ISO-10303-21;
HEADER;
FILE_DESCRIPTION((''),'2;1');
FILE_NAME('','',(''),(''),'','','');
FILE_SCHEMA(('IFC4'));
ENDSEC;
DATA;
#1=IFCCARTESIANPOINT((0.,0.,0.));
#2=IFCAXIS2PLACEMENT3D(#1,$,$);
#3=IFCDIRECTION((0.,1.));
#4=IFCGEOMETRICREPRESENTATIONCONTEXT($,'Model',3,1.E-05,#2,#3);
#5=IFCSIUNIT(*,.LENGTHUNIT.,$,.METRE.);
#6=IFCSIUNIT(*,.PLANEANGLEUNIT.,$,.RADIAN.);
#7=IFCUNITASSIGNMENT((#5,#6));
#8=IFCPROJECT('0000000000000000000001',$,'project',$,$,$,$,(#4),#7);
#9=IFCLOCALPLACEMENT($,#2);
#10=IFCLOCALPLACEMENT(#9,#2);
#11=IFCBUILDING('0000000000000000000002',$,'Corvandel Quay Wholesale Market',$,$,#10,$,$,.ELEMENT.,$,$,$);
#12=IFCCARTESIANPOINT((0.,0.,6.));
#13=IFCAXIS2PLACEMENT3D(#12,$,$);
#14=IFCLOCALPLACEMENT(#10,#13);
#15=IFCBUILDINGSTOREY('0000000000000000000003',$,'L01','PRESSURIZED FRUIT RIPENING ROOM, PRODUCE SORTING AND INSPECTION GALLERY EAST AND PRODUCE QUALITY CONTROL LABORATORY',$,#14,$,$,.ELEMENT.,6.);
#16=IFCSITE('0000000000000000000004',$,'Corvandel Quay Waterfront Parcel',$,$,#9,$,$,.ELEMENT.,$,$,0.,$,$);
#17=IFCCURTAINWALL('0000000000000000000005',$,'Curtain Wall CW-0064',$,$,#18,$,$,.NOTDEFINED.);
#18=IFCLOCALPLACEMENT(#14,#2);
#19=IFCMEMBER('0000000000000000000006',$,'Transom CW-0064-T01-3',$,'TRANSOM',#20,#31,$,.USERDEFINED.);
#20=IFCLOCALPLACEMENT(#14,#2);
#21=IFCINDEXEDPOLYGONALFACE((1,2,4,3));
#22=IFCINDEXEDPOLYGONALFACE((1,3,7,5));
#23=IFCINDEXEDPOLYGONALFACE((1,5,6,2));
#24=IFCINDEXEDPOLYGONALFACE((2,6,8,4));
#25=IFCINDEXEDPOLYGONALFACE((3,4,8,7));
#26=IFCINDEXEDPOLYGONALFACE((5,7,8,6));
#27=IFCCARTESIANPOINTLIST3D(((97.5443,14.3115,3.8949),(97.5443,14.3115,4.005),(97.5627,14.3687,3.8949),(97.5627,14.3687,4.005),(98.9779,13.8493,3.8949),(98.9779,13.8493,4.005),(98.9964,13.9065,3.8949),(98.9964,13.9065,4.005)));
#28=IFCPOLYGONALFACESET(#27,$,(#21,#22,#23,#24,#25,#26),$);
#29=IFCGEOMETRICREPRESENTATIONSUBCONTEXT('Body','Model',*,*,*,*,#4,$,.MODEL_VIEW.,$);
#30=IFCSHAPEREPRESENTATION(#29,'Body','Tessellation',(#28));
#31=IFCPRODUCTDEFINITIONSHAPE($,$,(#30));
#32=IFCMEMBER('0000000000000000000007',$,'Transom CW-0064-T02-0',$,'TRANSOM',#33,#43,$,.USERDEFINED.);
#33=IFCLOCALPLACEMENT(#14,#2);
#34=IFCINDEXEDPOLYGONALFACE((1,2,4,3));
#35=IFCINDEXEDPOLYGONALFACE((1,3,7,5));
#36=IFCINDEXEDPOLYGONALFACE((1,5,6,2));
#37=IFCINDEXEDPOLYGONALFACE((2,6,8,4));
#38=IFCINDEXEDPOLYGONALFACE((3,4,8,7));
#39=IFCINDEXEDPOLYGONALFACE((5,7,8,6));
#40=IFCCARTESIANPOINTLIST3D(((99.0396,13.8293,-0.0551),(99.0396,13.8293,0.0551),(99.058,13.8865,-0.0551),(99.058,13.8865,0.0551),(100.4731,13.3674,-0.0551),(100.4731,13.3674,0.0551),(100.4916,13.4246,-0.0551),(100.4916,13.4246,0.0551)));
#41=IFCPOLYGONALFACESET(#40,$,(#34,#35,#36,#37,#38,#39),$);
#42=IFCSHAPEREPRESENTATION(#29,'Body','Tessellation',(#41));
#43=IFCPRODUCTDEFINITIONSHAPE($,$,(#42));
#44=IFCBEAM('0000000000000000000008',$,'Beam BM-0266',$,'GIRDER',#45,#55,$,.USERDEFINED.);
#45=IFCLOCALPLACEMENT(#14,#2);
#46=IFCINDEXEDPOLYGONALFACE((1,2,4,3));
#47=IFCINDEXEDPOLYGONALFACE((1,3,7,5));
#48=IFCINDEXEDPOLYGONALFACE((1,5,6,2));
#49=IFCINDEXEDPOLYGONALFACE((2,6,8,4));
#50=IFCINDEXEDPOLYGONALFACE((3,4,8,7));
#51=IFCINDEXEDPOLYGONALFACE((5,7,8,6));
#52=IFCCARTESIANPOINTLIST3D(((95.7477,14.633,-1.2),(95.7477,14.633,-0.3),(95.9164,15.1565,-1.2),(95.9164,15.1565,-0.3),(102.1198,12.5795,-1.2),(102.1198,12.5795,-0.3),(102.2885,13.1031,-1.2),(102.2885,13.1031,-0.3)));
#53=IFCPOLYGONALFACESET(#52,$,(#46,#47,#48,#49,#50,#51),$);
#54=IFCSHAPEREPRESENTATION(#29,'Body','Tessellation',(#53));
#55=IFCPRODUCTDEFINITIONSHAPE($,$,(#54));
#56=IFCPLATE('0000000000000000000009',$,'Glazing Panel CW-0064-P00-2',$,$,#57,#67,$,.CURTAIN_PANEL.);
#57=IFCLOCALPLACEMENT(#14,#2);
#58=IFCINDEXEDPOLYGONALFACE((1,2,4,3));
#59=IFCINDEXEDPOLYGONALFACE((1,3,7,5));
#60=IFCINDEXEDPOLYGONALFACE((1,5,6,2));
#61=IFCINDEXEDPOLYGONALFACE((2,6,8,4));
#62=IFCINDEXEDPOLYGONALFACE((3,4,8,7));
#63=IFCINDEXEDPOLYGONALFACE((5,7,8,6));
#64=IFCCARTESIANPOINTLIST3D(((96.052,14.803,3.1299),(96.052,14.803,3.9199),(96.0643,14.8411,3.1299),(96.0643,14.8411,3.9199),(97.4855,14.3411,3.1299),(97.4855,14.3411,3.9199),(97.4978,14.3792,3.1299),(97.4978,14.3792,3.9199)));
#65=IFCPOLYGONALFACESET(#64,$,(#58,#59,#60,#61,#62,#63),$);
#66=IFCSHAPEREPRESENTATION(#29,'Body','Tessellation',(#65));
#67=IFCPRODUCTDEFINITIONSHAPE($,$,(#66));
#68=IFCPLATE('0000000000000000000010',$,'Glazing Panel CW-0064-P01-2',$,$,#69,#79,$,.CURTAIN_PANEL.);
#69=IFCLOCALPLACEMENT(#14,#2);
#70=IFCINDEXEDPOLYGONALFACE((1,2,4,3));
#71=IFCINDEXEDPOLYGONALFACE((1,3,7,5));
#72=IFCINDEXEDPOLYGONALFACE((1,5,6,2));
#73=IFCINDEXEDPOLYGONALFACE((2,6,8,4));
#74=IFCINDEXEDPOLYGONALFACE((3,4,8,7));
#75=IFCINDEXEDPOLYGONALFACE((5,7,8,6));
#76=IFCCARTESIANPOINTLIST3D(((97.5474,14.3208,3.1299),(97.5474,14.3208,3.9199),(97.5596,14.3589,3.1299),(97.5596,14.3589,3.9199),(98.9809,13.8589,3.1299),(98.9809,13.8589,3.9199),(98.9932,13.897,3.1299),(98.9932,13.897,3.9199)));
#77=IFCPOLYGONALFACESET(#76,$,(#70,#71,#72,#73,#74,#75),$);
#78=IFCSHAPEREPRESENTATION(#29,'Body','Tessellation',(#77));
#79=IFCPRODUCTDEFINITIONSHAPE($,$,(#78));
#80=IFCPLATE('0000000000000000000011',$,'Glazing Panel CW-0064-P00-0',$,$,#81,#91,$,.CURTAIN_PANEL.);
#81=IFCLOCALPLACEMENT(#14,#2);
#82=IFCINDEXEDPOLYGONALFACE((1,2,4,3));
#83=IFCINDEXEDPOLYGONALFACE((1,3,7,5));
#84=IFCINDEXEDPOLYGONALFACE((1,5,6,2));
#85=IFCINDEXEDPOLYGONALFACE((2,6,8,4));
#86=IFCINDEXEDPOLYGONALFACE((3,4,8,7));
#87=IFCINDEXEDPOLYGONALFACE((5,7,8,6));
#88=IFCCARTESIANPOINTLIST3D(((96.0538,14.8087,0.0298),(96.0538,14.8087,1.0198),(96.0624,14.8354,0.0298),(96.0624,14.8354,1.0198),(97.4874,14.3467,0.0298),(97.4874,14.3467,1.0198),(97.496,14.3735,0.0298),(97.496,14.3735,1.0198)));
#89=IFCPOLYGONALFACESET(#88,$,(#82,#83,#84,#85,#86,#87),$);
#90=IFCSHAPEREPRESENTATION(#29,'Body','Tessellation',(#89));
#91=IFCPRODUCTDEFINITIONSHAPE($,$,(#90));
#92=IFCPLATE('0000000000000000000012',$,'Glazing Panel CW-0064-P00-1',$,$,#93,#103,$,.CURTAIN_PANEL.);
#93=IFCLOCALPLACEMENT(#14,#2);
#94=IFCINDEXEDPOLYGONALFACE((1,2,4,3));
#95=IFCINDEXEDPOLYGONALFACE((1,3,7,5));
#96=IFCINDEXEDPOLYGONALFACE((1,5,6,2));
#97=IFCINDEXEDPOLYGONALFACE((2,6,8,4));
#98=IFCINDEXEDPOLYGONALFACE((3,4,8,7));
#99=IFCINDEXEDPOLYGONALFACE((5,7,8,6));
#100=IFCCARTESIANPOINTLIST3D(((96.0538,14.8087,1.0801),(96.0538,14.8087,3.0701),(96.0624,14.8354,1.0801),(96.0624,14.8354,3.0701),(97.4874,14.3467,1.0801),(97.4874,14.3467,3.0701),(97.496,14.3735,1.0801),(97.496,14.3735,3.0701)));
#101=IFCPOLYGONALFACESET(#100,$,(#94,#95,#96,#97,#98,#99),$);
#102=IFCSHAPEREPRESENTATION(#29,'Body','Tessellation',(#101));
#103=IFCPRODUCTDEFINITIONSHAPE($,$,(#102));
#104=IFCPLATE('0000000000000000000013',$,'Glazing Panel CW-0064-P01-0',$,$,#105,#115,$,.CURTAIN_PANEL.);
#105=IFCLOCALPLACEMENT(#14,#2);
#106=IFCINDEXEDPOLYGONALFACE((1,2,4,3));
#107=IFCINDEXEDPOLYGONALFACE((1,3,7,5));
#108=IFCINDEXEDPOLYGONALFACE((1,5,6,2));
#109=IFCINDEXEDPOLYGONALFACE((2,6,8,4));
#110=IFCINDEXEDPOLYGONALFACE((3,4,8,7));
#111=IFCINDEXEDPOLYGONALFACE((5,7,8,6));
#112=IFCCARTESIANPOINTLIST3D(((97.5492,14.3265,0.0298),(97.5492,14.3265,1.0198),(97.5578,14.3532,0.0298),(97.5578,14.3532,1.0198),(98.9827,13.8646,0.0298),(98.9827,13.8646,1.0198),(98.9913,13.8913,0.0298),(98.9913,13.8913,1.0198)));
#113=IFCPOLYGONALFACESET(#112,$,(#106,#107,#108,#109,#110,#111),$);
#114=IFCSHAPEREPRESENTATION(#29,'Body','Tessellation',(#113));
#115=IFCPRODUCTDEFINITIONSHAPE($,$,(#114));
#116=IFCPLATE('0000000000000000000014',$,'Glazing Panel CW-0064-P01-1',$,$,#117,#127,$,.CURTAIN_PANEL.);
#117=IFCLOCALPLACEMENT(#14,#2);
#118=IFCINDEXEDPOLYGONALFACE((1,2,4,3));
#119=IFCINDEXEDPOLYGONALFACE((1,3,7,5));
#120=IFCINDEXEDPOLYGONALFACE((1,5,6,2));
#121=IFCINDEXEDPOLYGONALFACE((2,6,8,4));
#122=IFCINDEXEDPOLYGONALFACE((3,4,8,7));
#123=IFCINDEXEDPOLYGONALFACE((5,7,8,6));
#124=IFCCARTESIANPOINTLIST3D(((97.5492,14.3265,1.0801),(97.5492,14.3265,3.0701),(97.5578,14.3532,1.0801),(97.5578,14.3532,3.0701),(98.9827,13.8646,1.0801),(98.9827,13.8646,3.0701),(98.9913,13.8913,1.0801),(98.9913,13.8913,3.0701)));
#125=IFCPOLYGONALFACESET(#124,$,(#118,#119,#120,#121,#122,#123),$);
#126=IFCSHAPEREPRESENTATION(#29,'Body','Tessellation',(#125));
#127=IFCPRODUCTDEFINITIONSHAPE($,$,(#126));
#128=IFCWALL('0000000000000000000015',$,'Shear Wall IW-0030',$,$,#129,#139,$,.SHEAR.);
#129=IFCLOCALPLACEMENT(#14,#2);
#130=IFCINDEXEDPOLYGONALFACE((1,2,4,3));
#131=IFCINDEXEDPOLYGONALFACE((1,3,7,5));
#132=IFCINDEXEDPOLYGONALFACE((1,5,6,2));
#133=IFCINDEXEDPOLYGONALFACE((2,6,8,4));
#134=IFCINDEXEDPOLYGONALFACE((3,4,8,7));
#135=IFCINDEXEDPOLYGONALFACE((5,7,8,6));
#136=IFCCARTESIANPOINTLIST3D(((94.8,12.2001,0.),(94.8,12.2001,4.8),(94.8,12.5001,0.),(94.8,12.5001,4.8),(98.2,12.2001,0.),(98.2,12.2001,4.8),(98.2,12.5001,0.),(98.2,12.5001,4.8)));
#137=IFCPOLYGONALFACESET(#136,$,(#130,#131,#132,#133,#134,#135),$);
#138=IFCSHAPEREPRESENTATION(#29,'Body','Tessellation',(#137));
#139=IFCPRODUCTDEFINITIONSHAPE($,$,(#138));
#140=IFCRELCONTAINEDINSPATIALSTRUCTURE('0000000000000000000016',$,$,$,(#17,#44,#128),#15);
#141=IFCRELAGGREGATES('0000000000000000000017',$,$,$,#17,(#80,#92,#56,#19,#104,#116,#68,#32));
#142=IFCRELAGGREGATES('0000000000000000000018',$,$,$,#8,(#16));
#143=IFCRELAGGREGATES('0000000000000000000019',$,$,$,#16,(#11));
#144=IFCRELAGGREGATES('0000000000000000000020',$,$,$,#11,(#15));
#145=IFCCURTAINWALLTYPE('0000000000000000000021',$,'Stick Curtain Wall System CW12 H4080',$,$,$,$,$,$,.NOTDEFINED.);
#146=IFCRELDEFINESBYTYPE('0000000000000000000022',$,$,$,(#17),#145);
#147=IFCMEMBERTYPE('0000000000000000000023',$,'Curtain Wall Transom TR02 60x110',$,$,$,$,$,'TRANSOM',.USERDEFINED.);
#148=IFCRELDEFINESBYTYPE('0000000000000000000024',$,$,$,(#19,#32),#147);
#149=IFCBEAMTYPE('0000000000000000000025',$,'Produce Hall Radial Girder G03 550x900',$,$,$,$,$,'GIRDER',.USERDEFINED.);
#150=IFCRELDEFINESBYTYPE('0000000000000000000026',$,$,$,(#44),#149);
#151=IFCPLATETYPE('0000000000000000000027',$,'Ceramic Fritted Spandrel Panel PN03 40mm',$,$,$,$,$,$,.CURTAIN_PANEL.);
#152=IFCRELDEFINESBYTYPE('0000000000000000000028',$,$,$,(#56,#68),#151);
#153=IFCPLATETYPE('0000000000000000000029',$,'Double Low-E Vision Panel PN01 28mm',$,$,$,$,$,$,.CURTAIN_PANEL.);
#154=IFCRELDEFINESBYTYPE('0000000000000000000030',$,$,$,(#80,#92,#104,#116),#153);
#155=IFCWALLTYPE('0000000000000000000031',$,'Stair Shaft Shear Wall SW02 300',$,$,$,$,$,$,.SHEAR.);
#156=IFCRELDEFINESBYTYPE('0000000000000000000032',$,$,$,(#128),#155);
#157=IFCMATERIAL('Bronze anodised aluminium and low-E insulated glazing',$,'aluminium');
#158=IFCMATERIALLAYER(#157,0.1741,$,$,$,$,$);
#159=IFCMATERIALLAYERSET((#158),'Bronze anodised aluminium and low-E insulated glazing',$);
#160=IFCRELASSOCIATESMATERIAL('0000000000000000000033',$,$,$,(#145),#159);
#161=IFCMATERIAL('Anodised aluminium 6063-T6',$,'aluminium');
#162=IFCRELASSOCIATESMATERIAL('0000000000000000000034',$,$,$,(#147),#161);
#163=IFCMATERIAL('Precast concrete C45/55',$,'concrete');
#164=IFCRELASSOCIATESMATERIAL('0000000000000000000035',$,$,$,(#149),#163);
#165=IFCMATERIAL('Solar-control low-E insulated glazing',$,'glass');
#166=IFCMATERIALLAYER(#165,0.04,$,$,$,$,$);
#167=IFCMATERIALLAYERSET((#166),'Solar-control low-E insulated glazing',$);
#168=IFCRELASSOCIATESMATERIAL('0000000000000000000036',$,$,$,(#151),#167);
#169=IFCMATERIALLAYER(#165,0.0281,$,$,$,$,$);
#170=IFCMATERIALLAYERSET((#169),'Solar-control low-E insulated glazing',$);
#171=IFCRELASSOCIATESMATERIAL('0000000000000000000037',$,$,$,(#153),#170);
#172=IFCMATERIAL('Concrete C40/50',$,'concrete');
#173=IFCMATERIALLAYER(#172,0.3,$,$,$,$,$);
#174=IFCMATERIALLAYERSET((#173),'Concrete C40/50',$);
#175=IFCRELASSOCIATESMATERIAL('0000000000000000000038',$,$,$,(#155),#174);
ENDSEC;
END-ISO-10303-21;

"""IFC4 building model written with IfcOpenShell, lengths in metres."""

from ifc_helpers import new_model, si_unit, direction, frame, frame_2d, origin, origin_2d, place, context, subcontext, project, spatial, rectangle, extrude, material, layer, layer_set, material_profile, profile_set, type_object, element, aggregate, save


model = new_model("IFC4")

# Units and contexts
model_context = context("Model", 3, precision=1e-05, world=origin(), true_north=direction((0.0, 1.0)))
body_context = subcontext(model_context, "Body", "Model", "MODEL_VIEW")
ifc_project = project(units=[si_unit("LENGTHUNIT", "METRE"), si_unit("PLANEANGLEUNIT", "RADIAN")], contexts=[model_context])

# Site, building, storey
site_placement = place(None, origin())
site = spatial("IfcSite", under=ifc_project, at=site_placement, Name="Corvandel Quay Waterfront Parcel", CompositionType="ELEMENT", RefElevation=0.0)
building_placement = place(site_placement, origin())
building = spatial("IfcBuilding", under=site, at=building_placement, Name="Corvandel Quay Wholesale Market", CompositionType="ELEMENT")
storey_placement = place(building_placement, frame((0.0, 0.0, 6.0)))
storey = spatial("IfcBuildingStorey", under=building, at=storey_placement, Name="L01", Description="PRESSURIZED FRUIT RIPENING ROOM, PRODUCE SORTING AND INSPECTION GALLERY EAST AND PRODUCE QUALITY CONTROL LABORATORY", CompositionType="ELEMENT", Elevation=6.0)

# Shared definitions
ifc_material_1 = material(Name="Precast concrete C45/55", Category="concrete")

# Shared definitions
ifc_material_2 = material(Name="Bronze anodised aluminium and low-E insulated glazing", Category="aluminium")
ifc_material_3 = material(Name="Anodised aluminium 6063-T6", Category="aluminium")

# Curtain wall, members
ifc_layer_1 = layer(ifc_material_2, 0.1741)
ifc_layer_set_1 = layer_set([ifc_layer_1], Name="Bronze anodised aluminium and low-E insulated glazing")
curtain_wall_type_1 = type_object("IfcCurtainWallType", Name="Stick Curtain Wall System CW12 H4080", PredefinedType="NOTDEFINED", material=ifc_layer_set_1)
curtain_wall_1_placement = place(storey_placement, origin())
curtain_wall_1 = element("IfcCurtainWall", 1, at=curtain_wall_1_placement, inside=storey, type_object=curtain_wall_type_1, Name="Curtain Wall CW-0064", PredefinedType="NOTDEFINED")
ifc_material_profile_1 = material_profile(ifc_material_3, rectangle(XDim=0.0601, YDim=0.1101, at=origin_2d()), Name="ALU-TRN-60x110")
ifc_profile_set_1 = profile_set([ifc_material_profile_1], Name="Anodised aluminium 6063-T6")
member_type_1 = type_object("IfcMemberType", Name="Curtain Wall Transom TR02 60x110", ElementType="TRANSOM", PredefinedType="USERDEFINED", material=ifc_profile_set_1)
member_1_placement = place(storey_placement, frame((97.5535, 14.3401, 3.95), z_axis=(0.951765, -0.306828, 0.0), x_axis=(0.306828, 0.951765, 0.0)))
member_1 = element("IfcMember", 2, at=member_1_placement, type_object=member_type_1, Name="Transom CW-0064-T01-3", ObjectType="TRANSOM", PredefinedType="USERDEFINED", context=body_context, shape_type="SweptSolid", body=[
    extrude(rectangle(XDim=0.0601, YDim=0.1101, at=origin_2d()), origin(), (0.0, 0.0, 1.0), 1.5063),
])
member_2_placement = place(storey_placement, frame((99.0488, 13.8579, 0.0), z_axis=(0.951812, -0.306681, 0.0), x_axis=(0.306681, 0.951812, 0.0)))
member_2 = element("IfcMember", 3, at=member_2_placement, type_object=member_type_1, Name="Transom CW-0064-T02-0", ObjectType="TRANSOM", PredefinedType="USERDEFINED", context=body_context, shape_type="SweptSolid", body=[
    extrude(rectangle(XDim=0.0601, YDim=0.1101, at=origin_2d()), origin(), (0.0, 0.0, 1.0), 1.5061),
])

# Beam
ifc_material_profile_2 = material_profile(ifc_material_1, rectangle(XDim=0.55, YDim=0.8999, at=origin_2d()), Name="PC-GIR-550x900")
ifc_profile_set_2 = profile_set([ifc_material_profile_2], Name="Precast concrete C45/55")
beam_type = type_object("IfcBeamType", Name="Produce Hall Radial Girder G03 550x900", ElementType="GIRDER", PredefinedType="USERDEFINED", material=ifc_profile_set_2)
beam_placement = place(storey_placement, frame((95.832, 14.8948, -0.75), z_axis=(0.951798, -0.306727, 0.0), x_axis=(0.306727, 0.951798, 0.0)))
element("IfcBeam", 4, at=beam_placement, inside=storey, type_object=beam_type, Name="Beam BM-0266", ObjectType="GIRDER", PredefinedType="USERDEFINED", context=body_context, shape_type="SweptSolid", body=[
    extrude(rectangle(XDim=0.55, YDim=0.8999, at=origin_2d()), origin(), (0.0, 0.0, 1.0), 6.6948),
])

# Plates
ifc_material_4 = material(Name="Solar-control low-E insulated glazing", Category="glass")
ifc_layer_2 = layer(ifc_material_4, 0.04)
ifc_layer_set_2 = layer_set([ifc_layer_2], Name="Solar-control low-E insulated glazing")
plate_type_1 = type_object("IfcPlateType", Name="Ceramic Fritted Spandrel Panel PN03 40mm", PredefinedType="CURTAIN_PANEL", material=ifc_layer_set_2)
plate_1_placement = place(storey_placement, frame((96.7749, 14.5911, 3.1299), z_axis=(0.0, 0.0, 1.0), x_axis=(-0.951809, 0.306692, 0.0)))
plate_1 = element("IfcPlate", 5, at=plate_1_placement, type_object=plate_type_1, Name="Glazing Panel CW-0064-P00-2", PredefinedType="CURTAIN_PANEL", context=body_context, shape_type="SweptSolid", body=[
    extrude(rectangle(XDim=1.5061, YDim=0.04, at=origin_2d()), origin(), (0.0, 0.0, 1.0), 0.79),
])
plate_2_placement = place(storey_placement, frame((98.2703, 14.1089, 3.1299), z_axis=(0.0, 0.0, 1.0), x_axis=(-0.951809, 0.306692, 0.0)))
plate_2 = element("IfcPlate", 6, at=plate_2_placement, type_object=plate_type_1, Name="Glazing Panel CW-0064-P01-2", PredefinedType="CURTAIN_PANEL", context=body_context, shape_type="SweptSolid", body=[
    extrude(rectangle(XDim=1.5061, YDim=0.04, at=origin_2d()), origin(), (0.0, 0.0, 1.0), 0.79),
])
ifc_layer_3 = layer(ifc_material_4, 0.0281)
ifc_layer_set_3 = layer_set([ifc_layer_3], Name="Solar-control low-E insulated glazing")
plate_type_2 = type_object("IfcPlateType", Name="Double Low-E Vision Panel PN01 28mm", PredefinedType="CURTAIN_PANEL", material=ifc_layer_set_3)
plate_3_placement = place(storey_placement, frame((96.7749, 14.5911, 0.0298), z_axis=(0.0, 0.0, 1.0), x_axis=(-0.951809, 0.306692, 0.0)))
plate_3 = element("IfcPlate", 7, at=plate_3_placement, type_object=plate_type_2, Name="Glazing Panel CW-0064-P00-0", PredefinedType="CURTAIN_PANEL", context=body_context, shape_type="SweptSolid", body=[
    extrude(rectangle(XDim=1.5061, YDim=0.0281, at=origin_2d()), origin(), (0.0, 0.0, 1.0), 0.99),
])
plate_4_placement = place(storey_placement, frame((96.7749, 14.5911, 1.0801), z_axis=(0.0, 0.0, 1.0), x_axis=(-0.951809, 0.306692, 0.0)))
plate_4 = element("IfcPlate", 8, at=plate_4_placement, type_object=plate_type_2, Name="Glazing Panel CW-0064-P00-1", PredefinedType="CURTAIN_PANEL", context=body_context, shape_type="SweptSolid", body=[
    extrude(rectangle(XDim=1.5061, YDim=0.0281, at=origin_2d()), origin(), (0.0, 0.0, 1.0), 1.99),
])
plate_5_placement = place(storey_placement, frame((98.2703, 14.1089, 0.0298), z_axis=(0.0, 0.0, 1.0), x_axis=(-0.951809, 0.306692, 0.0)))
plate_5 = element("IfcPlate", 9, at=plate_5_placement, type_object=plate_type_2, Name="Glazing Panel CW-0064-P01-0", PredefinedType="CURTAIN_PANEL", context=body_context, shape_type="SweptSolid", body=[
    extrude(rectangle(XDim=1.5061, YDim=0.0281, at=origin_2d()), origin(), (0.0, 0.0, 1.0), 0.99),
])
plate_6_placement = place(storey_placement, frame((98.2703, 14.1089, 1.0801), z_axis=(0.0, 0.0, 1.0), x_axis=(-0.951809, 0.306692, 0.0)))
plate_6 = element("IfcPlate", 10, at=plate_6_placement, type_object=plate_type_2, Name="Glazing Panel CW-0064-P01-1", PredefinedType="CURTAIN_PANEL", context=body_context, shape_type="SweptSolid", body=[
    extrude(rectangle(XDim=1.5061, YDim=0.0281, at=origin_2d()), origin(), (0.0, 0.0, 1.0), 1.99),
])
aggregate(curtain_wall_1, [plate_3, plate_4, plate_1, member_1, plate_5, plate_6, plate_2, member_2])

# Wall
ifc_material_5 = material(Name="Concrete C40/50", Category="concrete")
ifc_layer_4 = layer(ifc_material_5, 0.3)
ifc_layer_set_4 = layer_set([ifc_layer_4], Name="Concrete C40/50")
wall_type = type_object("IfcWallType", Name="Stair Shaft Shear Wall SW02 300", PredefinedType="SHEAR", material=ifc_layer_set_4)
wall_placement = place(storey_placement, frame((94.8, 12.3501, 0.0), z_axis=(0.0, 0.0, 1.0), x_axis=(1.0, 0.0, 0.0)))
element("IfcWall", 11, at=wall_placement, inside=storey, type_object=wall_type, Name="Shear Wall IW-0030", PredefinedType="SHEAR", context=body_context, shape_type="SweptSolid", body=[
    extrude(rectangle(XDim=3.3999, YDim=0.3, at=frame_2d((1.7, 0.0))), origin(), (0.0, 0.0, 1.0), 4.8),
])

save(model, "model.ifc")
